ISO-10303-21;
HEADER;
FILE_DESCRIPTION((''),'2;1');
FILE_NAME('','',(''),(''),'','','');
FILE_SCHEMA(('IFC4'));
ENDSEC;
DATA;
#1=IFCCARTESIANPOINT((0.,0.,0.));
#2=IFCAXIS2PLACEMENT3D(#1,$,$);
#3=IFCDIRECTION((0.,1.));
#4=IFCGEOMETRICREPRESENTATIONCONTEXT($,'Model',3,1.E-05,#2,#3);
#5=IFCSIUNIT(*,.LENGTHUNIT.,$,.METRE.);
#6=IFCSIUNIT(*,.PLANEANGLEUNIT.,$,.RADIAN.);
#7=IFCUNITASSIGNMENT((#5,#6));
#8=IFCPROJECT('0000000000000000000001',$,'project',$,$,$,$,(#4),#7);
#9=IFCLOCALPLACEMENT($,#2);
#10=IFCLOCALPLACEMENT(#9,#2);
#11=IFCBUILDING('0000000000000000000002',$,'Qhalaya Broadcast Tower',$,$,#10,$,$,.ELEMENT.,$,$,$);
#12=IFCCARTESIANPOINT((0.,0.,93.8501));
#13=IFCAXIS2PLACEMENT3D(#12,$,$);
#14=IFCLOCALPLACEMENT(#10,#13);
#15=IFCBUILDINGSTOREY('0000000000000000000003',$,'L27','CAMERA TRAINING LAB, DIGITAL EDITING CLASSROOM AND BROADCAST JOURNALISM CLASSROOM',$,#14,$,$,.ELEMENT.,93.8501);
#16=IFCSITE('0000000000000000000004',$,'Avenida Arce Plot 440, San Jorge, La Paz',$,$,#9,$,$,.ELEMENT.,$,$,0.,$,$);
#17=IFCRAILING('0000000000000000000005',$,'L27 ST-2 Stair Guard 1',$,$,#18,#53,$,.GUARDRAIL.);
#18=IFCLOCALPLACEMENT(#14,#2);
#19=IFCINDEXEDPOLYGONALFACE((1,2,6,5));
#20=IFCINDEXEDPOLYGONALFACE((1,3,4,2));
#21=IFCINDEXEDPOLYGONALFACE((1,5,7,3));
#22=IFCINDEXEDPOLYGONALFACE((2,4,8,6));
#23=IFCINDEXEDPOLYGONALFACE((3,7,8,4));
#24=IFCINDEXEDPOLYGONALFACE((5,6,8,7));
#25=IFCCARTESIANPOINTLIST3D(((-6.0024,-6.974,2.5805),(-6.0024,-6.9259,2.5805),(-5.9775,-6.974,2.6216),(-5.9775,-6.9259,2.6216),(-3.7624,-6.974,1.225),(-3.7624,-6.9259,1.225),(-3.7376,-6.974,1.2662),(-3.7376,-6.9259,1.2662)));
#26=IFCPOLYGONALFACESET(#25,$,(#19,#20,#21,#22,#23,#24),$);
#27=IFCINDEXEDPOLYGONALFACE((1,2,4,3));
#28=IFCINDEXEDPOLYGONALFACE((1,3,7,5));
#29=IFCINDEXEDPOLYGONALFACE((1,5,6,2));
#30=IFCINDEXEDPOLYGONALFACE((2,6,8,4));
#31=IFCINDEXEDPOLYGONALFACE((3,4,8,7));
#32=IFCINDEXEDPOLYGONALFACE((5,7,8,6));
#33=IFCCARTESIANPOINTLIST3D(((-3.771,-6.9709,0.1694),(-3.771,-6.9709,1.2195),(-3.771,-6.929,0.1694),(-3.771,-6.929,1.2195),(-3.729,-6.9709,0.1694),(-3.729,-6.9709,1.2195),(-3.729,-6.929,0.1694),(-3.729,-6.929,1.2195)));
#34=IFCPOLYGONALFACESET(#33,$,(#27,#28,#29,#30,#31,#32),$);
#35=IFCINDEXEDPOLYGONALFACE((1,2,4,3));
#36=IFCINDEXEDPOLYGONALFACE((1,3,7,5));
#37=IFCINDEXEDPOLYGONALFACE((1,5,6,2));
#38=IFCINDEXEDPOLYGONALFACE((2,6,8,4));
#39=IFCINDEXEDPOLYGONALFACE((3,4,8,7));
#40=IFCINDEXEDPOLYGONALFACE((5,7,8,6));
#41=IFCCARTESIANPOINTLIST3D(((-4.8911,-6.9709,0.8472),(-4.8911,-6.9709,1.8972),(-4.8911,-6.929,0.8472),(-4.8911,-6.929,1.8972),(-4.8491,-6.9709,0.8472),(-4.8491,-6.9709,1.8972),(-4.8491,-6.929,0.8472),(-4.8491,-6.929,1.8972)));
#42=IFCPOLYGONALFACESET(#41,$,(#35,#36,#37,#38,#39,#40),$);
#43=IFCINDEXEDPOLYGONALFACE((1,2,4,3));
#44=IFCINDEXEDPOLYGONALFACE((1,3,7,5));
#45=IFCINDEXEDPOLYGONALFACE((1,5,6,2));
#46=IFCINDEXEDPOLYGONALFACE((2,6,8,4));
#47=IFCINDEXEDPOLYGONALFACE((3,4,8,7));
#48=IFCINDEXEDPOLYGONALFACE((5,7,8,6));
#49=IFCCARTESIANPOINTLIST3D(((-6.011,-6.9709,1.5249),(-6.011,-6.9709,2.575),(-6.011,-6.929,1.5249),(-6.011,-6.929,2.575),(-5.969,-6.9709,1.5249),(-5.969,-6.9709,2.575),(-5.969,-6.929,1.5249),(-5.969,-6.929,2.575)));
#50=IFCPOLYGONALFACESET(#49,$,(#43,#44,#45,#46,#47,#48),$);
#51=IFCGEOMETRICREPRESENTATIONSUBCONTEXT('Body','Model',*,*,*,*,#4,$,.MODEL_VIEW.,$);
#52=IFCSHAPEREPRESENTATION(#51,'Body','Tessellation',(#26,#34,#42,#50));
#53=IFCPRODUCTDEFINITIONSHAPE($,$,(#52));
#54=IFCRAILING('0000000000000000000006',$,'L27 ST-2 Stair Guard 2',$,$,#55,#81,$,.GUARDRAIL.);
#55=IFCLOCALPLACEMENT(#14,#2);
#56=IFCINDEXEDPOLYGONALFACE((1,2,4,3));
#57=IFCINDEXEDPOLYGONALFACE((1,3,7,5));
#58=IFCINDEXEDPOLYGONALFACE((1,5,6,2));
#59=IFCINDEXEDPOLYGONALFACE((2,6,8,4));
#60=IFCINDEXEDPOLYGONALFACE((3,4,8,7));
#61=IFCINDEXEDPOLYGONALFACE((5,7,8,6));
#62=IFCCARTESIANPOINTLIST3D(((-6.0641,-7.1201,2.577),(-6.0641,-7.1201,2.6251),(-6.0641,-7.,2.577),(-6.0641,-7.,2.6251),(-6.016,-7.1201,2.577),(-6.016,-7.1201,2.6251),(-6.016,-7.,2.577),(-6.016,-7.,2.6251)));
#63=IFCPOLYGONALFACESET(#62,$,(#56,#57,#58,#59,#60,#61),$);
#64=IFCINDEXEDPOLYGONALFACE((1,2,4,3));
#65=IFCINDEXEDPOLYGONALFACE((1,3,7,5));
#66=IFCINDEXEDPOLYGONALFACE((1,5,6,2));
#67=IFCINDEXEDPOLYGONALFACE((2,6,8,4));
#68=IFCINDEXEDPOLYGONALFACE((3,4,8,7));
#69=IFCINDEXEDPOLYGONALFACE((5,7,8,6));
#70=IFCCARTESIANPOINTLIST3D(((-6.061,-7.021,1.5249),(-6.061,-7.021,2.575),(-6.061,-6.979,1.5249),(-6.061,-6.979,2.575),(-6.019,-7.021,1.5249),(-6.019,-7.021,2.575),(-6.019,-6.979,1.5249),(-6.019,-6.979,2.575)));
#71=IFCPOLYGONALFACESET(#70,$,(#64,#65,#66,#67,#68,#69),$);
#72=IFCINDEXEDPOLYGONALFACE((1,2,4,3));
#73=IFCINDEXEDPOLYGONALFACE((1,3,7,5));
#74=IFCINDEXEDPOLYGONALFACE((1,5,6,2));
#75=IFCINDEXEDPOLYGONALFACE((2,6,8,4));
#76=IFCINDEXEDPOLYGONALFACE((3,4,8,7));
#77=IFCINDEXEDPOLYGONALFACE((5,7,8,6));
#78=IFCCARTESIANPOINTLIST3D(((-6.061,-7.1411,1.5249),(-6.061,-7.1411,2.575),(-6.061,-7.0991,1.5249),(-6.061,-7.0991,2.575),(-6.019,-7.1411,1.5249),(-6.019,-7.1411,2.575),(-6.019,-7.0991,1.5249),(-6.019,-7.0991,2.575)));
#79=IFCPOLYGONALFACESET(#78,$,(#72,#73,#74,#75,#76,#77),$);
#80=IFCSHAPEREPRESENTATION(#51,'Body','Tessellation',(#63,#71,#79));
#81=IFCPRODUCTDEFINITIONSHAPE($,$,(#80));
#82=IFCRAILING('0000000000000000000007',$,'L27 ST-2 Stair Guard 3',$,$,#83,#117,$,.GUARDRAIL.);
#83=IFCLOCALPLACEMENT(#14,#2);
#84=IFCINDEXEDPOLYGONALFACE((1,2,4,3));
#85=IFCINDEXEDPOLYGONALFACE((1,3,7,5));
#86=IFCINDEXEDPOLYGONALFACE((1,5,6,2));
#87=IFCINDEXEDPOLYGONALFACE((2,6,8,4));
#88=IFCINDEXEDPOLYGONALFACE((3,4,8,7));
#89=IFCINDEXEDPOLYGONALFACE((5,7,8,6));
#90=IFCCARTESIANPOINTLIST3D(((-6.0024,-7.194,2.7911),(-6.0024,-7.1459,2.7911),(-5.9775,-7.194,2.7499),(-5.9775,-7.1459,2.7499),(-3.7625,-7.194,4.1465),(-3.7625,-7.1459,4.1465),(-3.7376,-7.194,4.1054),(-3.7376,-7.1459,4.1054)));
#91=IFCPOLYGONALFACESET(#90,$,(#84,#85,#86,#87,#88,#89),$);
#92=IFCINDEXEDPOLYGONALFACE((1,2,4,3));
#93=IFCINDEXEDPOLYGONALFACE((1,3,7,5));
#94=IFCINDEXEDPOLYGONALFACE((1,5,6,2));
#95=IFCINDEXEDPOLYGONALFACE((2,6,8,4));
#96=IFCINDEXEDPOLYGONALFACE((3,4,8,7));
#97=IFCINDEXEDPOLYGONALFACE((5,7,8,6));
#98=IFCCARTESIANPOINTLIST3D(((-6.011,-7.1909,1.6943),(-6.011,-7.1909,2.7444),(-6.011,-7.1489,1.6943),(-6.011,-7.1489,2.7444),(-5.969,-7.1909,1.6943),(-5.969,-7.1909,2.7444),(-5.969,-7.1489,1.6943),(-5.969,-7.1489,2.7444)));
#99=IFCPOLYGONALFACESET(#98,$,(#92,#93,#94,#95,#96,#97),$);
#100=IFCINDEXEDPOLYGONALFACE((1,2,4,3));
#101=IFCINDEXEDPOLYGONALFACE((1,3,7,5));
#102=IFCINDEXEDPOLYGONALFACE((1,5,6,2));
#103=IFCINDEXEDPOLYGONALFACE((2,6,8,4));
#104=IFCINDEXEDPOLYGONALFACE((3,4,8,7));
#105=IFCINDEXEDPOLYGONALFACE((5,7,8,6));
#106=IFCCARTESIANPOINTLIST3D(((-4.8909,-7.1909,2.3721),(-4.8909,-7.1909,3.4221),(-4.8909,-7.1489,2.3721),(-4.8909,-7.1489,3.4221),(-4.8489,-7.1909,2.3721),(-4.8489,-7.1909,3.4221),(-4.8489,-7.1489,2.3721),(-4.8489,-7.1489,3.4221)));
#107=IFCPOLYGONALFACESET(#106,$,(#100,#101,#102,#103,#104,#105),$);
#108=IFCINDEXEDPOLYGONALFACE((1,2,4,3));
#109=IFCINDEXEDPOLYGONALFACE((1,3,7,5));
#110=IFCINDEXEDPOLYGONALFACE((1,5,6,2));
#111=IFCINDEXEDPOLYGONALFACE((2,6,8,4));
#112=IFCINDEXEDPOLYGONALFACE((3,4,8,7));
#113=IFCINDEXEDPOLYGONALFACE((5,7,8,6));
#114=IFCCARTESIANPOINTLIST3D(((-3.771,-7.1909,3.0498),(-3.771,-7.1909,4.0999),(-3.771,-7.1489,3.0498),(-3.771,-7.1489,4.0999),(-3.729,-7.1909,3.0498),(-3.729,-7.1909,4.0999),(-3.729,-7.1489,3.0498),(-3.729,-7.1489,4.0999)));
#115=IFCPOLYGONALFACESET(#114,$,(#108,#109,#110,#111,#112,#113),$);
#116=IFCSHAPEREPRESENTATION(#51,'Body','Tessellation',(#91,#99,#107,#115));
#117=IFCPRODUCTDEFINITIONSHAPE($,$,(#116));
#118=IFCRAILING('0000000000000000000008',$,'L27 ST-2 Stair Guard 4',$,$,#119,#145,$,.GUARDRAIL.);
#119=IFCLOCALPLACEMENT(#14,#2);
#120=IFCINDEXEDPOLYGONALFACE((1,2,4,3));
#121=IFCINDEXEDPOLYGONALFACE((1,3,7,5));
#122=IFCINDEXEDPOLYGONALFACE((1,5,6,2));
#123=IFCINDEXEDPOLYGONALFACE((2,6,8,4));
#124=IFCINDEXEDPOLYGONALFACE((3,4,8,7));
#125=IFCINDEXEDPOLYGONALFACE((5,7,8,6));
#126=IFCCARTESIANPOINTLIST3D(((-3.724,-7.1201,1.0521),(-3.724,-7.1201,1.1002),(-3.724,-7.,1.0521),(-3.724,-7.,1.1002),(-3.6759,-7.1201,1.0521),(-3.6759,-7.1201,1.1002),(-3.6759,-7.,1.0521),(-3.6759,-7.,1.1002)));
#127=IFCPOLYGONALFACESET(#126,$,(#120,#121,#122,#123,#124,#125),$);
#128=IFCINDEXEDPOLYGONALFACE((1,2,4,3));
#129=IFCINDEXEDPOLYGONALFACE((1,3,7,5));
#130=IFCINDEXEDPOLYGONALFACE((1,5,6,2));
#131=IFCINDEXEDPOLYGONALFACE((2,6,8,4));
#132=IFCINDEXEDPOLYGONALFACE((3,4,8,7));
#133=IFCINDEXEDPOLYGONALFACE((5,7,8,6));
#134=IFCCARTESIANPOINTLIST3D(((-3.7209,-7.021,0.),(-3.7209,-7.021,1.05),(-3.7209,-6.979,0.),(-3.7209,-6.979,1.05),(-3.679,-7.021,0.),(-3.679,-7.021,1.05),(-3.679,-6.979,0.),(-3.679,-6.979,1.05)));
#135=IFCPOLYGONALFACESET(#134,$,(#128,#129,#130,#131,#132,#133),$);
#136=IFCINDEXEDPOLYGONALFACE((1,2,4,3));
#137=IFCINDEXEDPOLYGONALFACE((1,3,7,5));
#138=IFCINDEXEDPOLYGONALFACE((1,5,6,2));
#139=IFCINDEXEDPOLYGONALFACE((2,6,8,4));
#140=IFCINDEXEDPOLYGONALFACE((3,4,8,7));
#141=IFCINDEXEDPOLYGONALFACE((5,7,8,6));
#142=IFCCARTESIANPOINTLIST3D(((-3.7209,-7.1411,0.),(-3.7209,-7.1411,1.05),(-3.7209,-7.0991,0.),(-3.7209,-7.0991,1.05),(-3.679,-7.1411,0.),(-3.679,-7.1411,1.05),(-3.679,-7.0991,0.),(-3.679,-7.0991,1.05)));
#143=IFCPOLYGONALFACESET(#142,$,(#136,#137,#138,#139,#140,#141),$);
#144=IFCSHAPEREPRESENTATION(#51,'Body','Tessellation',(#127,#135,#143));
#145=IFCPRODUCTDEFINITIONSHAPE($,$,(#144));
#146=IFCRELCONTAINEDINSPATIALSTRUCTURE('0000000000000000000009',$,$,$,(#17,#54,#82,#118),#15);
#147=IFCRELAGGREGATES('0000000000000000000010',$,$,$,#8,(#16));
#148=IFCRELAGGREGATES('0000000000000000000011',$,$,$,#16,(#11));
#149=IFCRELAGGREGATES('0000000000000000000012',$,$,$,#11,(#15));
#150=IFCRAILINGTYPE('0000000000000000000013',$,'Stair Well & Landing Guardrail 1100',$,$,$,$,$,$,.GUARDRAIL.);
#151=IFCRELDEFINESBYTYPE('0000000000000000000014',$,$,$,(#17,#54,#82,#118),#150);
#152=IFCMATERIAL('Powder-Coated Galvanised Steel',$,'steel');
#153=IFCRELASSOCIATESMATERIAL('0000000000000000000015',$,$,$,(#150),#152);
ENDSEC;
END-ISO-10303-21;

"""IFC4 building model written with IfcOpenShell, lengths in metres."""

from ifc_helpers import new_model, si_unit, direction, frame, origin, origin_2d, place, context, subcontext, project, spatial, rectangle, extrude, material, type_object, element, save


model = new_model("IFC4")

# Units and contexts
model_context = context("Model", 3, precision=1e-05, world=origin(), true_north=direction((0.0, 1.0)))
body_context = subcontext(model_context, "Body", "Model", "MODEL_VIEW")
ifc_project = project(units=[si_unit("LENGTHUNIT", "METRE"), si_unit("PLANEANGLEUNIT", "RADIAN")], contexts=[model_context])

# Site, building, storey
site_placement = place(None, origin())
site = spatial("IfcSite", under=ifc_project, at=site_placement, Name="Avenida Arce Plot 440, San Jorge, La Paz", CompositionType="ELEMENT", RefElevation=0.0)
building_placement = place(site_placement, origin())
building = spatial("IfcBuilding", under=site, at=building_placement, Name="Qhalaya Broadcast Tower", CompositionType="ELEMENT")
storey_placement = place(building_placement, frame((0.0, 0.0, 93.8501)))
storey = spatial("IfcBuildingStorey", under=building, at=storey_placement, Name="L27", Description="CAMERA TRAINING LAB, DIGITAL EDITING CLASSROOM AND BROADCAST JOURNALISM CLASSROOM", CompositionType="ELEMENT", Elevation=93.8501)

# Railings
ifc_material_1 = material(Name="Powder-Coated Galvanised Steel", Category="steel")
railing_type_1 = type_object("IfcRailingType", Name="Stair Well & Landing Guardrail 1100", PredefinedType="GUARDRAIL", material=ifc_material_1)
railing_1_placement = place(storey_placement, frame((-3.75, -6.95, 0.1694)))
element("IfcRailing", 1, at=railing_1_placement, inside=storey, type_object=railing_type_1, Name="L27 ST-2 Stair Guard 1", PredefinedType="GUARDRAIL", context=body_context, shape_type="SweptSolid", body=[
    extrude(rectangle(XDim=0.0481, YDim=0.0481, at=origin_2d()), frame((0.0, 0.0, 1.0762), z_axis=(-0.855553, 0.0, 0.517715), x_axis=(0.0, -1.0, 0.0)), (0.0, 0.0, 1.0), 2.6182),
    extrude(rectangle(XDim=0.042, YDim=0.042, at=origin_2d()), origin(), (0.0, 0.0, 1.0), 1.05),
    extrude(rectangle(XDim=0.042, YDim=0.042, at=origin_2d()), frame((-1.1201, 0.0, 0.6777)), (0.0, 0.0, 1.0), 1.05),
    extrude(rectangle(XDim=0.042, YDim=0.042, at=origin_2d()), frame((-2.24, 0.0, 1.3555)), (0.0, 0.0, 1.0), 1.05),
])
railing_2_placement = place(storey_placement, frame((-6.04, -7.0, 1.5249)))
element("IfcRailing", 2, at=railing_2_placement, inside=storey, type_object=railing_type_1, Name="L27 ST-2 Stair Guard 2", PredefinedType="GUARDRAIL", context=body_context, shape_type="SweptSolid", body=[
    extrude(rectangle(XDim=0.0481, YDim=0.0481, at=origin_2d()), frame((0.0, 0.0, 1.0762), z_axis=(0.0, -1.0, 0.0), x_axis=(1.0, 0.0, 0.0)), (0.0, 0.0, 1.0), 0.1201),
    extrude(rectangle(XDim=0.042, YDim=0.042, at=origin_2d()), origin(), (0.0, 0.0, 1.0), 1.05),
    extrude(rectangle(XDim=0.042, YDim=0.042, at=origin_2d()), frame((0.0, -0.1201, 0.0)), (0.0, 0.0, 1.0), 1.05),
])
railing_3_placement = place(storey_placement, frame((-5.99, -7.1699, 1.6943)))
element("IfcRailing", 3, at=railing_3_placement, inside=storey, type_object=railing_type_1, Name="L27 ST-2 Stair Guard 3", PredefinedType="GUARDRAIL", context=body_context, shape_type="SweptSolid", body=[
    extrude(rectangle(XDim=0.0481, YDim=0.0481, at=origin_2d()), frame((0.0, 0.0, 1.0762), z_axis=(0.855553, 0.0, 0.517715), x_axis=(0.0, 1.0, 0.0)), (0.0, 0.0, 1.0), 2.6182),
    extrude(rectangle(XDim=0.042, YDim=0.042, at=origin_2d()), origin(), (0.0, 0.0, 1.0), 1.05),
    extrude(rectangle(XDim=0.042, YDim=0.042, at=origin_2d()), frame((1.1201, 0.0, 0.6777)), (0.0, 0.0, 1.0), 1.05),
    extrude(rectangle(XDim=0.042, YDim=0.042, at=origin_2d()), frame((2.24, 0.0, 1.3555)), (0.0, 0.0, 1.0), 1.05),
])
railing_4_placement = place(storey_placement, frame((-3.7, -7.0, 0.0)))
element("IfcRailing", 4, at=railing_4_placement, inside=storey, type_object=railing_type_1, Name="L27 ST-2 Stair Guard 4", PredefinedType="GUARDRAIL", context=body_context, shape_type="SweptSolid", body=[
    extrude(rectangle(XDim=0.0481, YDim=0.0481, at=origin_2d()), frame((0.0, 0.0, 1.0762), z_axis=(0.0, -1.0, 0.0), x_axis=(1.0, 0.0, 0.0)), (0.0, 0.0, 1.0), 0.1201),
    extrude(rectangle(XDim=0.042, YDim=0.042, at=origin_2d()), origin(), (0.0, 0.0, 1.0), 1.05),
    extrude(rectangle(XDim=0.042, YDim=0.042, at=origin_2d()), frame((0.0, -0.1201, 0.0)), (0.0, 0.0, 1.0), 1.05),
])

save(model, "model.ifc")
